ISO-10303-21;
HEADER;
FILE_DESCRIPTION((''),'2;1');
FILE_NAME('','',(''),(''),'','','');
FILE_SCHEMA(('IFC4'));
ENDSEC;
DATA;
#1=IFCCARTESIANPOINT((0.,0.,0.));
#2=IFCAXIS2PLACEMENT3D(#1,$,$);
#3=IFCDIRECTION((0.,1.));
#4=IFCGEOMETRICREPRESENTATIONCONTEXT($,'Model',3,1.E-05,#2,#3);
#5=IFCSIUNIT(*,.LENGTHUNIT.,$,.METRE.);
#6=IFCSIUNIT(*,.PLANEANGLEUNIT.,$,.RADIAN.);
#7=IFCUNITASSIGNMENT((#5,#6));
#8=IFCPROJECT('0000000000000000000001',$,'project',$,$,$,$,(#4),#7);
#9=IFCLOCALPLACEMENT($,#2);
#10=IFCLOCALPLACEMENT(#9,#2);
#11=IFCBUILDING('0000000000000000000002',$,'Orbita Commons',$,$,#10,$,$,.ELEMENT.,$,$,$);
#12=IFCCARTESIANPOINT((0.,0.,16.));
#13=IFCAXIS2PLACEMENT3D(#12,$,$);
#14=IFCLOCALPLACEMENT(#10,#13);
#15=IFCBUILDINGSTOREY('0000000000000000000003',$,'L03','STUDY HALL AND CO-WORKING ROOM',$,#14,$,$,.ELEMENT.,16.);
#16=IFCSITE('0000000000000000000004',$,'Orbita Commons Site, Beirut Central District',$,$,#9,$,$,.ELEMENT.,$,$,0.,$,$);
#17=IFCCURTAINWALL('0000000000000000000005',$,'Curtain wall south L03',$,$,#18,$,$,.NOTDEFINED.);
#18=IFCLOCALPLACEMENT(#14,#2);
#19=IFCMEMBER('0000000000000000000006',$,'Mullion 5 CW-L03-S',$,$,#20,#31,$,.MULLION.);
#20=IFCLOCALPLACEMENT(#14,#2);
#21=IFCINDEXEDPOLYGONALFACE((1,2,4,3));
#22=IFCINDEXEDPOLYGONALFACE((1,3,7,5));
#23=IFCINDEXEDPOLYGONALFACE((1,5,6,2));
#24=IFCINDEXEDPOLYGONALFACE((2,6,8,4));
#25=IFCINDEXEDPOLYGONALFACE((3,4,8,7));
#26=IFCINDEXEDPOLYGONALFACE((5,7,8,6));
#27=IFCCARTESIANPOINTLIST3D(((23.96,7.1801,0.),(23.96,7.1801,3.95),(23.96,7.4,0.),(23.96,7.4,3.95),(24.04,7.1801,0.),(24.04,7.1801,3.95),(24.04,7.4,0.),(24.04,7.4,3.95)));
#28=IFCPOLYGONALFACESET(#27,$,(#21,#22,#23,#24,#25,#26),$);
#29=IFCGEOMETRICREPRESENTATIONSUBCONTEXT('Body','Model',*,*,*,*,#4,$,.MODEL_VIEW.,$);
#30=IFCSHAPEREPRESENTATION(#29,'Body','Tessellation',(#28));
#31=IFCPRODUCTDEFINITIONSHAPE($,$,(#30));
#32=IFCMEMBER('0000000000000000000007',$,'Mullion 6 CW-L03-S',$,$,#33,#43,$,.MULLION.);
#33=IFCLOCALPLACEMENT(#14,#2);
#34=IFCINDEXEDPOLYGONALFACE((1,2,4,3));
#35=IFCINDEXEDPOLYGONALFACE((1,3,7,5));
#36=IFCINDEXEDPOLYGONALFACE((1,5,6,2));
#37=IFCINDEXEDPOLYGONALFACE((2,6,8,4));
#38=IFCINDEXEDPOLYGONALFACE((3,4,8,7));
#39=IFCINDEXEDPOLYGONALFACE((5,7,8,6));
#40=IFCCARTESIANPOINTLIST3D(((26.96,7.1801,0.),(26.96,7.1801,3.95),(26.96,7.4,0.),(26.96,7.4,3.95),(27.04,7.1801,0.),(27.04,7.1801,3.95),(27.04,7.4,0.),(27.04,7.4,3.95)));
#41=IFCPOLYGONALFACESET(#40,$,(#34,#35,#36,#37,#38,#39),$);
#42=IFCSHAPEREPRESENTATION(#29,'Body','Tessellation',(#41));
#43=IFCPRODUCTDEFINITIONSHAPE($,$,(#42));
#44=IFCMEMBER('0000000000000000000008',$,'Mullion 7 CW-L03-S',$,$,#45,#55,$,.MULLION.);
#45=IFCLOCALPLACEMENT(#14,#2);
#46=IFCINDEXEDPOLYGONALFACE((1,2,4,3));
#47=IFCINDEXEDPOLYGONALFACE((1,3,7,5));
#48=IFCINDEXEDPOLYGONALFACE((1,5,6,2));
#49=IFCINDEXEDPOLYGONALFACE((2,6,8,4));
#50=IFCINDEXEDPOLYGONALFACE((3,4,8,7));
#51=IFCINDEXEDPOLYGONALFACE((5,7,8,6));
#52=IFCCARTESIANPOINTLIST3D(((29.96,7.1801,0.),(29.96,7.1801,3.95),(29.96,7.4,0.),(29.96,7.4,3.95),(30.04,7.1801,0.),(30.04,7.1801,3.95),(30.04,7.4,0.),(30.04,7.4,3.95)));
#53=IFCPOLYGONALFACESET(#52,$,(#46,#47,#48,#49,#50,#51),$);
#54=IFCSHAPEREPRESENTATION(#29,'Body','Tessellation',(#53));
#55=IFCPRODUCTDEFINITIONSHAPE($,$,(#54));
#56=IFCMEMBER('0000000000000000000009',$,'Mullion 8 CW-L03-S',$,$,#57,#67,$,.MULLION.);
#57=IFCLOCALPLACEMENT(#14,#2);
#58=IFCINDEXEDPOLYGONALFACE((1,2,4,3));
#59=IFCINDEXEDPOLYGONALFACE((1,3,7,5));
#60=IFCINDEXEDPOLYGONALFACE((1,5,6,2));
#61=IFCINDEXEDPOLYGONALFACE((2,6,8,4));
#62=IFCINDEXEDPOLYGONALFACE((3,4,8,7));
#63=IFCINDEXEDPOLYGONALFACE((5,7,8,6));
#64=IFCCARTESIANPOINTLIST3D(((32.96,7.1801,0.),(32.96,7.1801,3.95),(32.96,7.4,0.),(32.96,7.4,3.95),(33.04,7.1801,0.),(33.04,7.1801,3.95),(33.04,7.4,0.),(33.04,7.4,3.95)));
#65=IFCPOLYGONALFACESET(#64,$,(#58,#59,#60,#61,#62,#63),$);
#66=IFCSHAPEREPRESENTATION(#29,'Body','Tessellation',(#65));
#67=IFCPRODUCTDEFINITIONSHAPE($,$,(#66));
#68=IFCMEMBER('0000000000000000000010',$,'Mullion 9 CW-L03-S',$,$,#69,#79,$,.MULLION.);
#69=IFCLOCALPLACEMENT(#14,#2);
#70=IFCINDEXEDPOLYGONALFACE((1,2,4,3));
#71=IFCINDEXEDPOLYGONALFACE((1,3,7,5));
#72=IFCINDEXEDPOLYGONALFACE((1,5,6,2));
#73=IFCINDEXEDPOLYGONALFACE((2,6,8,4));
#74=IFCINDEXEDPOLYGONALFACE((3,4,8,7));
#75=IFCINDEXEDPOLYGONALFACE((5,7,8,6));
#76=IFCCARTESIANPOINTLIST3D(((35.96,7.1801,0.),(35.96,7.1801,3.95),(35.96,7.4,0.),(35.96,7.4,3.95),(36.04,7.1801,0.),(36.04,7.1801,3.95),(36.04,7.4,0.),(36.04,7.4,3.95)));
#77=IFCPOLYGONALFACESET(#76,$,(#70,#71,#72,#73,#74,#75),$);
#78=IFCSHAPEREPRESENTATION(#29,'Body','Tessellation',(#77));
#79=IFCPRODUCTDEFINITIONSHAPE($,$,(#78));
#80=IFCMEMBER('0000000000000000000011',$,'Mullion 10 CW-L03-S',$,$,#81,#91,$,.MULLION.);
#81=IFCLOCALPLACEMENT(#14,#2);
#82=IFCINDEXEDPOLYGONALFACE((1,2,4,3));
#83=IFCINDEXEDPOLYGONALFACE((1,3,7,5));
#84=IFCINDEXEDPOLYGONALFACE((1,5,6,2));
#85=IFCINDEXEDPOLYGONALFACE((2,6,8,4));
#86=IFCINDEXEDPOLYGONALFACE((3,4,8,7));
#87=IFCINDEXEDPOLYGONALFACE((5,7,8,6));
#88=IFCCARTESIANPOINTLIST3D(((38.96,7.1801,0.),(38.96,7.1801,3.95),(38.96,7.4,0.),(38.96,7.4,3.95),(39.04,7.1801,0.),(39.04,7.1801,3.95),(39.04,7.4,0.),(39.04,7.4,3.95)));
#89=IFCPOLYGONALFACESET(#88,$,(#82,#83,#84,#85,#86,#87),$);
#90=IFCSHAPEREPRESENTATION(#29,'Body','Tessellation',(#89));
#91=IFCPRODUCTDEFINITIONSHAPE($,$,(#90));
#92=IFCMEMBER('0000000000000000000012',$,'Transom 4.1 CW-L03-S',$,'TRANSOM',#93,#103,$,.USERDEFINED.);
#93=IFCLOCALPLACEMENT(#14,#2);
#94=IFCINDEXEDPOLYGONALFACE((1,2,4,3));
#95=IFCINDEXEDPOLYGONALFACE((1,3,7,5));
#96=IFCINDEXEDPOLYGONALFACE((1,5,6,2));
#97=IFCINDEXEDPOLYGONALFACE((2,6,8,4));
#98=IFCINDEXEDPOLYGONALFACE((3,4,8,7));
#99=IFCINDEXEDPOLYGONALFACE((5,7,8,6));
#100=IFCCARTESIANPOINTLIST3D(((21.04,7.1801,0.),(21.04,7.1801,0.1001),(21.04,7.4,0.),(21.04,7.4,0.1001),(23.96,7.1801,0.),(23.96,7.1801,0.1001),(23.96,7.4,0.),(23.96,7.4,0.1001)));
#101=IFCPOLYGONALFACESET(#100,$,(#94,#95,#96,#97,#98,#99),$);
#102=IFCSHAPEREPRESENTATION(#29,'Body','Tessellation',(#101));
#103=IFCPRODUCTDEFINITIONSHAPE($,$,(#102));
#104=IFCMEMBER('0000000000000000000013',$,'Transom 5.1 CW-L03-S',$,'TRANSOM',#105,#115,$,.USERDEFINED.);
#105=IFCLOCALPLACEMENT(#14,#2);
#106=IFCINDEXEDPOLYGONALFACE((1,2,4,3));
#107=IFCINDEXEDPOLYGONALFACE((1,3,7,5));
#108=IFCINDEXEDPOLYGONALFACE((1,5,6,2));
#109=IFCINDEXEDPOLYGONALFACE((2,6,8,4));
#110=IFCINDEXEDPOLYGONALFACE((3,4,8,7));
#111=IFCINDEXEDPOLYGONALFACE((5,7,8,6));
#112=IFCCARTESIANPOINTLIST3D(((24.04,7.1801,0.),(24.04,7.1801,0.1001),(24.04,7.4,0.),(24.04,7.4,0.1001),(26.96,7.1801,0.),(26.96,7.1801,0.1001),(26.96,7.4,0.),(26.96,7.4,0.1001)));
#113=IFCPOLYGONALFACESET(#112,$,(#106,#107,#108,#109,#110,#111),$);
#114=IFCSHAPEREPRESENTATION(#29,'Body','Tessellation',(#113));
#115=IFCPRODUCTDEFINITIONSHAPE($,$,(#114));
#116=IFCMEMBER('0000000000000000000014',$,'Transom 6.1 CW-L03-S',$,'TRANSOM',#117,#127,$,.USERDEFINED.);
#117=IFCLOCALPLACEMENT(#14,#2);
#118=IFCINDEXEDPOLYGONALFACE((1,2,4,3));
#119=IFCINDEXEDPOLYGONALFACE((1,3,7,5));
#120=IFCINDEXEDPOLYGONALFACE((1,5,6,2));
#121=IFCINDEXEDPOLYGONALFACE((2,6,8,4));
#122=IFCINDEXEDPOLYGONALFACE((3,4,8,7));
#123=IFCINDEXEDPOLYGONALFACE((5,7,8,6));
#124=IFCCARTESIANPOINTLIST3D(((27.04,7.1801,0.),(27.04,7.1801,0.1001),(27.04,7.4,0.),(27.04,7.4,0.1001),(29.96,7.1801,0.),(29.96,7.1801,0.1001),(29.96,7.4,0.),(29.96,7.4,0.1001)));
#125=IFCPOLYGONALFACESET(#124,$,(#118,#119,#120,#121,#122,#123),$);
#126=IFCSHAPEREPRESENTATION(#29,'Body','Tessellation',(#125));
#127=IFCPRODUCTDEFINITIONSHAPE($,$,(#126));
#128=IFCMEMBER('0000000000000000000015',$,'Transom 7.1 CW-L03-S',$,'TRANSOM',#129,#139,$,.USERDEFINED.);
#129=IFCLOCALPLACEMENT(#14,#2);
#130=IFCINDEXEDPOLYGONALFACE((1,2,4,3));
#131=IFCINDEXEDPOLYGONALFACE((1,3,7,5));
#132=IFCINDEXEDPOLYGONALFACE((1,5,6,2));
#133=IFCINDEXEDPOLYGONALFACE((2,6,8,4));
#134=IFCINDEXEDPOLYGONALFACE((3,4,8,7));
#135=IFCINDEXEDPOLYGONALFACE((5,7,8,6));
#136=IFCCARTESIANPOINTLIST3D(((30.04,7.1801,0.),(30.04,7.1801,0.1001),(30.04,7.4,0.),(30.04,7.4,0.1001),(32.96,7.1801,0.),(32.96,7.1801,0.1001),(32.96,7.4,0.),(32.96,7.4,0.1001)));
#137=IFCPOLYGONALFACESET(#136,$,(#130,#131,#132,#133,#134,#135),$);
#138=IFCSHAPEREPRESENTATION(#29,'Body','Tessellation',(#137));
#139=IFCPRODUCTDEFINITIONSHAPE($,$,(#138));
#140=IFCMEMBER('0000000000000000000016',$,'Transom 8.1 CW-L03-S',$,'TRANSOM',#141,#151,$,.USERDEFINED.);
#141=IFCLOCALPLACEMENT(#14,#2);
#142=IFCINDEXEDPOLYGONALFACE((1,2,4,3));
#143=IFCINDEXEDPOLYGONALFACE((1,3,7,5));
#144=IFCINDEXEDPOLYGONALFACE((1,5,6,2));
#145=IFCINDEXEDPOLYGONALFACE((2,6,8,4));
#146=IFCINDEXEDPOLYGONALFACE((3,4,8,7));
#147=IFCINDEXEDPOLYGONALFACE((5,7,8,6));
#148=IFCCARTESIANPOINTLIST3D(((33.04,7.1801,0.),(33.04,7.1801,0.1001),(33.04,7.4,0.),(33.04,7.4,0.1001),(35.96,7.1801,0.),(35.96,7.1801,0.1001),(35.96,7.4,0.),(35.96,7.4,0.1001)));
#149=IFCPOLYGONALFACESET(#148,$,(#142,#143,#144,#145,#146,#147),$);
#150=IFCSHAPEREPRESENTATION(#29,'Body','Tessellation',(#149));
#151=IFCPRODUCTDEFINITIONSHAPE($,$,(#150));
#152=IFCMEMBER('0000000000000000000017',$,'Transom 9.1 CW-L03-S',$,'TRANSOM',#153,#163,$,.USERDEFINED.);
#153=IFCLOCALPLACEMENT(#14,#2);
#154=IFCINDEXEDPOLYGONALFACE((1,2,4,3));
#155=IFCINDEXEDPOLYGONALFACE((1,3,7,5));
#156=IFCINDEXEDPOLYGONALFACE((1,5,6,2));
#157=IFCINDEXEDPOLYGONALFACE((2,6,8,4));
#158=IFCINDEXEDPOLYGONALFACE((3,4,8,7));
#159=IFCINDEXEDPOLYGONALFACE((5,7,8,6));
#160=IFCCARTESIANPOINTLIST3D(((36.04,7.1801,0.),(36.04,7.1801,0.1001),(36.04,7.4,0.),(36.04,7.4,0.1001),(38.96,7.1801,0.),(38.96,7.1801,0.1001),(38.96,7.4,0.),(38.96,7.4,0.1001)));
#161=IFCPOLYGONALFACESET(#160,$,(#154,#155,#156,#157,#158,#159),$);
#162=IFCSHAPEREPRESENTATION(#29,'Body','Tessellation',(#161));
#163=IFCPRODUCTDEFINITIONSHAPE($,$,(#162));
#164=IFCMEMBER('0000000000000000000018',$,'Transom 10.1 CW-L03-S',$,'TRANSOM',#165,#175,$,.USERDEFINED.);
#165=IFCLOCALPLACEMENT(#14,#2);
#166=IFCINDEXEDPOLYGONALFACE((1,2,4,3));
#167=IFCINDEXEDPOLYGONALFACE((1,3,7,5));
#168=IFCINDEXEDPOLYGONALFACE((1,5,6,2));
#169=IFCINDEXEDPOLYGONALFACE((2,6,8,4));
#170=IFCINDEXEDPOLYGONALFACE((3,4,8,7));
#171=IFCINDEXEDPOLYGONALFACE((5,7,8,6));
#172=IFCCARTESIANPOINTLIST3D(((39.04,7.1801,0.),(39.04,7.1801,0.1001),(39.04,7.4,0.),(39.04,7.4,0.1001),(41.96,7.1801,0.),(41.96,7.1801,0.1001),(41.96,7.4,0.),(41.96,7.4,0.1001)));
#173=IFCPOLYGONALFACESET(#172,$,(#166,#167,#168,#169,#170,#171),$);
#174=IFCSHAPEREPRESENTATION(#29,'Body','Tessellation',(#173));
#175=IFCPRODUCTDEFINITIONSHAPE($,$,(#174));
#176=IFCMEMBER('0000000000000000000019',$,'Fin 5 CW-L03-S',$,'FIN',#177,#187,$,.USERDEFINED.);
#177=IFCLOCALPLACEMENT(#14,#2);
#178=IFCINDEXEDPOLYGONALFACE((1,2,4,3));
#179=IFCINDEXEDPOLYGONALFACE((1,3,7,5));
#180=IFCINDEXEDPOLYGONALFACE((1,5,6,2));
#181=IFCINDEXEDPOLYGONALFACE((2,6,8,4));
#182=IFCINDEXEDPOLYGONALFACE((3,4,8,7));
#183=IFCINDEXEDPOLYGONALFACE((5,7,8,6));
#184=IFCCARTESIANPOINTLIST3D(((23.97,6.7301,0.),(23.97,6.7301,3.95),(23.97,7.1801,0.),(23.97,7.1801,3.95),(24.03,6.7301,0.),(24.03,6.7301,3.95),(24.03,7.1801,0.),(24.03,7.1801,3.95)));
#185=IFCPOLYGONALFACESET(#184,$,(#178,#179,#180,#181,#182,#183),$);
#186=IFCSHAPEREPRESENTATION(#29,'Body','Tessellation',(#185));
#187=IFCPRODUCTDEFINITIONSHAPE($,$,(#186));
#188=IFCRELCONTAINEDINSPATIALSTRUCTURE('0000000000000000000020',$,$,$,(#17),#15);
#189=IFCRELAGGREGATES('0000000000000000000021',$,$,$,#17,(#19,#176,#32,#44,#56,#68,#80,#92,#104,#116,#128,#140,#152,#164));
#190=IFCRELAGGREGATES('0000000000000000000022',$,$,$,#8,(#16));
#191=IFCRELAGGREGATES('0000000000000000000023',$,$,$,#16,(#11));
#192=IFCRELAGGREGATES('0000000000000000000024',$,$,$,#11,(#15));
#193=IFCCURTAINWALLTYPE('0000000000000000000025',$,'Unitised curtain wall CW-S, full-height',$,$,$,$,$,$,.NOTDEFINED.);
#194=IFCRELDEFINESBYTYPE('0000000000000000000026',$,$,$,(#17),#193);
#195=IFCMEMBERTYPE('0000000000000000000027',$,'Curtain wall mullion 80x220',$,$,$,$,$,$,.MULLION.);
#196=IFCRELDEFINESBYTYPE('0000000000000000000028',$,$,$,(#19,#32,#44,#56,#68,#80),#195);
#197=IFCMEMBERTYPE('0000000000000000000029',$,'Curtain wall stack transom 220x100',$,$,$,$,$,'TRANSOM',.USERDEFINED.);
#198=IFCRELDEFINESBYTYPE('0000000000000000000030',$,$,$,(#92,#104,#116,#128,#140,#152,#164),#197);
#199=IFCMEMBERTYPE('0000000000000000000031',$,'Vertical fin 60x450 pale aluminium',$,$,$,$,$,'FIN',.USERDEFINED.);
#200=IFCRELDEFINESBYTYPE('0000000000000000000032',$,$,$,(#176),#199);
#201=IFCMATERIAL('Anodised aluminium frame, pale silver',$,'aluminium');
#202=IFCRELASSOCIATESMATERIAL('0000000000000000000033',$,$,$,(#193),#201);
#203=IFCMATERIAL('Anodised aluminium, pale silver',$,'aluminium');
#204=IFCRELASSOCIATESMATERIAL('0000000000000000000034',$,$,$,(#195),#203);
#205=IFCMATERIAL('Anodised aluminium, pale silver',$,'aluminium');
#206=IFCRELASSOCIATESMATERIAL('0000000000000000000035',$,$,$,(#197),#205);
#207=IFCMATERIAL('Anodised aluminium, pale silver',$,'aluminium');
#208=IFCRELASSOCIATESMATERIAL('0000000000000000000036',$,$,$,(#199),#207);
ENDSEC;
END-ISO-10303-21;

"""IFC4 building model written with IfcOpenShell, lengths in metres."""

from ifc_helpers import new_model, si_unit, direction, frame, origin, origin_2d, place, context, subcontext, project, spatial, rectangle, extrude, material, material_profile, profile_set, type_object, element, aggregate, save


model = new_model("IFC4")

# Units and contexts
model_context = context("Model", 3, precision=1e-05, world=origin(), true_north=direction((0.0, 1.0)))
body_context = subcontext(model_context, "Body", "Model", "MODEL_VIEW")
ifc_project = project(units=[si_unit("LENGTHUNIT", "METRE"), si_unit("PLANEANGLEUNIT", "RADIAN")], contexts=[model_context])

# Site, building, storey
site_placement = place(None, origin())
site = spatial("IfcSite", under=ifc_project, at=site_placement, Name="Orbita Commons Site, Beirut Central District", CompositionType="ELEMENT", RefElevation=0.0)
building_placement = place(site_placement, origin())
building = spatial("IfcBuilding", under=site, at=building_placement, Name="Orbita Commons", CompositionType="ELEMENT")
storey_placement = place(building_placement, frame((0.0, 0.0, 16.0)))
storey = spatial("IfcBuildingStorey", under=building, at=storey_placement, Name="L03", Description="STUDY HALL AND CO-WORKING ROOM", CompositionType="ELEMENT", Elevation=16.0)

# Curtain wall, members
ifc_material_1 = material(Name="Anodised aluminium frame, pale silver", Category="aluminium")
curtain_wall_type = type_object("IfcCurtainWallType", Name="Unitised curtain wall CW-S, full-height", PredefinedType="NOTDEFINED", material=ifc_material_1)
curtain_wall_placement = place(storey_placement, origin())
curtain_wall = element("IfcCurtainWall", 1, at=curtain_wall_placement, inside=storey, type_object=curtain_wall_type, Name="Curtain wall south L03", PredefinedType="NOTDEFINED")
ifc_material_2 = material(Name="Anodised aluminium, pale silver", Category="aluminium")
ifc_material_profile_1 = material_profile(ifc_material_2, rectangle(XDim=0.0801, YDim=0.22, at=origin_2d()), Name="AL 80x220")
ifc_profile_set_1 = profile_set([ifc_material_profile_1], Name="Anodised aluminium, pale silver")
member_type_1 = type_object("IfcMemberType", Name="Curtain wall mullion 80x220", PredefinedType="MULLION", material=ifc_profile_set_1)
member_1_placement = place(storey_placement, frame((24.0, 7.29, 0.0), z_axis=(0.0, 0.0, 1.0), x_axis=(1.0, 0.0, 0.0)))
member_1 = element("IfcMember", 2, at=member_1_placement, type_object=member_type_1, Name="Mullion 5 CW-L03-S", PredefinedType="MULLION", context=body_context, shape_type="SweptSolid", body=[
    extrude(rectangle(XDim=0.0801, YDim=0.22, at=origin_2d()), origin(), (0.0, 0.0, 1.0), 3.95),
])
member_2_placement = place(storey_placement, frame((27.0, 7.29, 0.0), z_axis=(0.0, 0.0, 1.0), x_axis=(1.0, 0.0, 0.0)))
member_2 = element("IfcMember", 3, at=member_2_placement, type_object=member_type_1, Name="Mullion 6 CW-L03-S", PredefinedType="MULLION", context=body_context, shape_type="SweptSolid", body=[
    extrude(rectangle(XDim=0.0801, YDim=0.22, at=origin_2d()), origin(), (0.0, 0.0, 1.0), 3.95),
])
member_3_placement = place(storey_placement, frame((30.0, 7.29, 0.0), z_axis=(0.0, 0.0, 1.0), x_axis=(1.0, 0.0, 0.0)))
member_3 = element("IfcMember", 4, at=member_3_placement, type_object=member_type_1, Name="Mullion 7 CW-L03-S", PredefinedType="MULLION", context=body_context, shape_type="SweptSolid", body=[
    extrude(rectangle(XDim=0.0801, YDim=0.22, at=origin_2d()), origin(), (0.0, 0.0, 1.0), 3.95),
])
member_4_placement = place(storey_placement, frame((33.0, 7.29, 0.0), z_axis=(0.0, 0.0, 1.0), x_axis=(1.0, 0.0, 0.0)))
member_4 = element("IfcMember", 5, at=member_4_placement, type_object=member_type_1, Name="Mullion 8 CW-L03-S", PredefinedType="MULLION", context=body_context, shape_type="SweptSolid", body=[
    extrude(rectangle(XDim=0.0801, YDim=0.22, at=origin_2d()), origin(), (0.0, 0.0, 1.0), 3.95),
])
member_5_placement = place(storey_placement, frame((36.0, 7.29, 0.0), z_axis=(0.0, 0.0, 1.0), x_axis=(1.0, 0.0, 0.0)))
member_5 = element("IfcMember", 6, at=member_5_placement, type_object=member_type_1, Name="Mullion 9 CW-L03-S", PredefinedType="MULLION", context=body_context, shape_type="SweptSolid", body=[
    extrude(rectangle(XDim=0.0801, YDim=0.22, at=origin_2d()), origin(), (0.0, 0.0, 1.0), 3.95),
])
member_6_placement = place(storey_placement, frame((39.0, 7.29, 0.0), z_axis=(0.0, 0.0, 1.0), x_axis=(1.0, 0.0, 0.0)))
member_6 = element("IfcMember", 7, at=member_6_placement, type_object=member_type_1, Name="Mullion 10 CW-L03-S", PredefinedType="MULLION", context=body_context, shape_type="SweptSolid", body=[
    extrude(rectangle(XDim=0.0801, YDim=0.22, at=origin_2d()), origin(), (0.0, 0.0, 1.0), 3.95),
])
ifc_material_3 = material(Name="Anodised aluminium, pale silver", Category="aluminium")
ifc_material_profile_2 = material_profile(ifc_material_3, rectangle(XDim=0.22, YDim=0.1001, at=origin_2d()), Name="AL 220x100")
ifc_profile_set_2 = profile_set([ifc_material_profile_2], Name="Anodised aluminium, pale silver")
member_type_2 = type_object("IfcMemberType", Name="Curtain wall stack transom 220x100", ElementType="TRANSOM", PredefinedType="USERDEFINED", material=ifc_profile_set_2)
member_7_placement = place(storey_placement, frame((21.04, 7.29, 0.05), z_axis=(1.0, 0.0, 0.0), x_axis=(0.0, 1.0, 0.0)))
member_7 = element("IfcMember", 8, at=member_7_placement, type_object=member_type_2, Name="Transom 4.1 CW-L03-S", ObjectType="TRANSOM", PredefinedType="USERDEFINED", context=body_context, shape_type="SweptSolid", body=[
    extrude(rectangle(XDim=0.22, YDim=0.1001, at=origin_2d()), origin(), (0.0, 0.0, 1.0), 2.9199),
])
member_8_placement = place(storey_placement, frame((24.04, 7.29, 0.05), z_axis=(1.0, 0.0, 0.0), x_axis=(0.0, 1.0, 0.0)))
member_8 = element("IfcMember", 9, at=member_8_placement, type_object=member_type_2, Name="Transom 5.1 CW-L03-S", ObjectType="TRANSOM", PredefinedType="USERDEFINED", context=body_context, shape_type="SweptSolid", body=[
    extrude(rectangle(XDim=0.22, YDim=0.1001, at=origin_2d()), origin(), (0.0, 0.0, 1.0), 2.9199),
])
member_9_placement = place(storey_placement, frame((27.04, 7.29, 0.05), z_axis=(1.0, 0.0, 0.0), x_axis=(0.0, 1.0, 0.0)))
member_9 = element("IfcMember", 10, at=member_9_placement, type_object=member_type_2, Name="Transom 6.1 CW-L03-S", ObjectType="TRANSOM", PredefinedType="USERDEFINED", context=body_context, shape_type="SweptSolid", body=[
    extrude(rectangle(XDim=0.22, YDim=0.1001, at=origin_2d()), origin(), (0.0, 0.0, 1.0), 2.9199),
])
member_10_placement = place(storey_placement, frame((30.04, 7.29, 0.05), z_axis=(1.0, 0.0, 0.0), x_axis=(0.0, 1.0, 0.0)))
member_10 = element("IfcMember", 11, at=member_10_placement, type_object=member_type_2, Name="Transom 7.1 CW-L03-S", ObjectType="TRANSOM", PredefinedType="USERDEFINED", context=body_context, shape_type="SweptSolid", body=[
    extrude(rectangle(XDim=0.22, YDim=0.1001, at=origin_2d()), origin(), (0.0, 0.0, 1.0), 2.9199),
])
member_11_placement = place(storey_placement, frame((33.04, 7.29, 0.05), z_axis=(1.0, 0.0, 0.0), x_axis=(0.0, 1.0, 0.0)))
member_11 = element("IfcMember", 12, at=member_11_placement, type_object=member_type_2, Name="Transom 8.1 CW-L03-S", ObjectType="TRANSOM", PredefinedType="USERDEFINED", context=body_context, shape_type="SweptSolid", body=[
    extrude(rectangle(XDim=0.22, YDim=0.1001, at=origin_2d()), origin(), (0.0, 0.0, 1.0), 2.9199),
])
member_12_placement = place(storey_placement, frame((36.04, 7.29, 0.05), z_axis=(1.0, 0.0, 0.0), x_axis=(0.0, 1.0, 0.0)))
member_12 = element("IfcMember", 13, at=member_12_placement, type_object=member_type_2, Name="Transom 9.1 CW-L03-S", ObjectType="TRANSOM", PredefinedType="USERDEFINED", context=body_context, shape_type="SweptSolid", body=[
    extrude(rectangle(XDim=0.22, YDim=0.1001, at=origin_2d()), origin(), (0.0, 0.0, 1.0), 2.9199),
])
member_13_placement = place(storey_placement, frame((39.04, 7.29, 0.05), z_axis=(1.0, 0.0, 0.0), x_axis=(0.0, 1.0, 0.0)))
member_13 = element("IfcMember", 14, at=member_13_placement, type_object=member_type_2, Name="Transom 10.1 CW-L03-S", ObjectType="TRANSOM", PredefinedType="USERDEFINED", context=body_context, shape_type="SweptSolid", body=[
    extrude(rectangle(XDim=0.22, YDim=0.1001, at=origin_2d()), origin(), (0.0, 0.0, 1.0), 2.9199),
])
ifc_material_4 = material(Name="Anodised aluminium, pale silver", Category="aluminium")
ifc_material_profile_3 = material_profile(ifc_material_4, rectangle(XDim=0.0601, YDim=0.45, at=origin_2d()), Name="FIN 60x450")
ifc_profile_set_3 = profile_set([ifc_material_profile_3], Name="Anodised aluminium, pale silver")
member_type_3 = type_object("IfcMemberType", Name="Vertical fin 60x450 pale aluminium", ElementType="FIN", PredefinedType="USERDEFINED", material=ifc_profile_set_3)
member_14_placement = place(storey_placement, frame((24.0, 6.9551, 0.0), z_axis=(0.0, 0.0, 1.0), x_axis=(1.0, 0.0, 0.0)))
member_14 = element("IfcMember", 15, at=member_14_placement, type_object=member_type_3, Name="Fin 5 CW-L03-S", ObjectType="FIN", PredefinedType="USERDEFINED", context=body_context, shape_type="SweptSolid", body=[
    extrude(rectangle(XDim=0.0601, YDim=0.45, at=origin_2d()), origin(), (0.0, 0.0, 1.0), 3.95),
])
aggregate(curtain_wall, [member_1, member_14, member_2, member_3, member_4, member_5, member_6, member_7, member_8, member_9, member_10, member_11, member_12, member_13])

save(model, "model.ifc")
